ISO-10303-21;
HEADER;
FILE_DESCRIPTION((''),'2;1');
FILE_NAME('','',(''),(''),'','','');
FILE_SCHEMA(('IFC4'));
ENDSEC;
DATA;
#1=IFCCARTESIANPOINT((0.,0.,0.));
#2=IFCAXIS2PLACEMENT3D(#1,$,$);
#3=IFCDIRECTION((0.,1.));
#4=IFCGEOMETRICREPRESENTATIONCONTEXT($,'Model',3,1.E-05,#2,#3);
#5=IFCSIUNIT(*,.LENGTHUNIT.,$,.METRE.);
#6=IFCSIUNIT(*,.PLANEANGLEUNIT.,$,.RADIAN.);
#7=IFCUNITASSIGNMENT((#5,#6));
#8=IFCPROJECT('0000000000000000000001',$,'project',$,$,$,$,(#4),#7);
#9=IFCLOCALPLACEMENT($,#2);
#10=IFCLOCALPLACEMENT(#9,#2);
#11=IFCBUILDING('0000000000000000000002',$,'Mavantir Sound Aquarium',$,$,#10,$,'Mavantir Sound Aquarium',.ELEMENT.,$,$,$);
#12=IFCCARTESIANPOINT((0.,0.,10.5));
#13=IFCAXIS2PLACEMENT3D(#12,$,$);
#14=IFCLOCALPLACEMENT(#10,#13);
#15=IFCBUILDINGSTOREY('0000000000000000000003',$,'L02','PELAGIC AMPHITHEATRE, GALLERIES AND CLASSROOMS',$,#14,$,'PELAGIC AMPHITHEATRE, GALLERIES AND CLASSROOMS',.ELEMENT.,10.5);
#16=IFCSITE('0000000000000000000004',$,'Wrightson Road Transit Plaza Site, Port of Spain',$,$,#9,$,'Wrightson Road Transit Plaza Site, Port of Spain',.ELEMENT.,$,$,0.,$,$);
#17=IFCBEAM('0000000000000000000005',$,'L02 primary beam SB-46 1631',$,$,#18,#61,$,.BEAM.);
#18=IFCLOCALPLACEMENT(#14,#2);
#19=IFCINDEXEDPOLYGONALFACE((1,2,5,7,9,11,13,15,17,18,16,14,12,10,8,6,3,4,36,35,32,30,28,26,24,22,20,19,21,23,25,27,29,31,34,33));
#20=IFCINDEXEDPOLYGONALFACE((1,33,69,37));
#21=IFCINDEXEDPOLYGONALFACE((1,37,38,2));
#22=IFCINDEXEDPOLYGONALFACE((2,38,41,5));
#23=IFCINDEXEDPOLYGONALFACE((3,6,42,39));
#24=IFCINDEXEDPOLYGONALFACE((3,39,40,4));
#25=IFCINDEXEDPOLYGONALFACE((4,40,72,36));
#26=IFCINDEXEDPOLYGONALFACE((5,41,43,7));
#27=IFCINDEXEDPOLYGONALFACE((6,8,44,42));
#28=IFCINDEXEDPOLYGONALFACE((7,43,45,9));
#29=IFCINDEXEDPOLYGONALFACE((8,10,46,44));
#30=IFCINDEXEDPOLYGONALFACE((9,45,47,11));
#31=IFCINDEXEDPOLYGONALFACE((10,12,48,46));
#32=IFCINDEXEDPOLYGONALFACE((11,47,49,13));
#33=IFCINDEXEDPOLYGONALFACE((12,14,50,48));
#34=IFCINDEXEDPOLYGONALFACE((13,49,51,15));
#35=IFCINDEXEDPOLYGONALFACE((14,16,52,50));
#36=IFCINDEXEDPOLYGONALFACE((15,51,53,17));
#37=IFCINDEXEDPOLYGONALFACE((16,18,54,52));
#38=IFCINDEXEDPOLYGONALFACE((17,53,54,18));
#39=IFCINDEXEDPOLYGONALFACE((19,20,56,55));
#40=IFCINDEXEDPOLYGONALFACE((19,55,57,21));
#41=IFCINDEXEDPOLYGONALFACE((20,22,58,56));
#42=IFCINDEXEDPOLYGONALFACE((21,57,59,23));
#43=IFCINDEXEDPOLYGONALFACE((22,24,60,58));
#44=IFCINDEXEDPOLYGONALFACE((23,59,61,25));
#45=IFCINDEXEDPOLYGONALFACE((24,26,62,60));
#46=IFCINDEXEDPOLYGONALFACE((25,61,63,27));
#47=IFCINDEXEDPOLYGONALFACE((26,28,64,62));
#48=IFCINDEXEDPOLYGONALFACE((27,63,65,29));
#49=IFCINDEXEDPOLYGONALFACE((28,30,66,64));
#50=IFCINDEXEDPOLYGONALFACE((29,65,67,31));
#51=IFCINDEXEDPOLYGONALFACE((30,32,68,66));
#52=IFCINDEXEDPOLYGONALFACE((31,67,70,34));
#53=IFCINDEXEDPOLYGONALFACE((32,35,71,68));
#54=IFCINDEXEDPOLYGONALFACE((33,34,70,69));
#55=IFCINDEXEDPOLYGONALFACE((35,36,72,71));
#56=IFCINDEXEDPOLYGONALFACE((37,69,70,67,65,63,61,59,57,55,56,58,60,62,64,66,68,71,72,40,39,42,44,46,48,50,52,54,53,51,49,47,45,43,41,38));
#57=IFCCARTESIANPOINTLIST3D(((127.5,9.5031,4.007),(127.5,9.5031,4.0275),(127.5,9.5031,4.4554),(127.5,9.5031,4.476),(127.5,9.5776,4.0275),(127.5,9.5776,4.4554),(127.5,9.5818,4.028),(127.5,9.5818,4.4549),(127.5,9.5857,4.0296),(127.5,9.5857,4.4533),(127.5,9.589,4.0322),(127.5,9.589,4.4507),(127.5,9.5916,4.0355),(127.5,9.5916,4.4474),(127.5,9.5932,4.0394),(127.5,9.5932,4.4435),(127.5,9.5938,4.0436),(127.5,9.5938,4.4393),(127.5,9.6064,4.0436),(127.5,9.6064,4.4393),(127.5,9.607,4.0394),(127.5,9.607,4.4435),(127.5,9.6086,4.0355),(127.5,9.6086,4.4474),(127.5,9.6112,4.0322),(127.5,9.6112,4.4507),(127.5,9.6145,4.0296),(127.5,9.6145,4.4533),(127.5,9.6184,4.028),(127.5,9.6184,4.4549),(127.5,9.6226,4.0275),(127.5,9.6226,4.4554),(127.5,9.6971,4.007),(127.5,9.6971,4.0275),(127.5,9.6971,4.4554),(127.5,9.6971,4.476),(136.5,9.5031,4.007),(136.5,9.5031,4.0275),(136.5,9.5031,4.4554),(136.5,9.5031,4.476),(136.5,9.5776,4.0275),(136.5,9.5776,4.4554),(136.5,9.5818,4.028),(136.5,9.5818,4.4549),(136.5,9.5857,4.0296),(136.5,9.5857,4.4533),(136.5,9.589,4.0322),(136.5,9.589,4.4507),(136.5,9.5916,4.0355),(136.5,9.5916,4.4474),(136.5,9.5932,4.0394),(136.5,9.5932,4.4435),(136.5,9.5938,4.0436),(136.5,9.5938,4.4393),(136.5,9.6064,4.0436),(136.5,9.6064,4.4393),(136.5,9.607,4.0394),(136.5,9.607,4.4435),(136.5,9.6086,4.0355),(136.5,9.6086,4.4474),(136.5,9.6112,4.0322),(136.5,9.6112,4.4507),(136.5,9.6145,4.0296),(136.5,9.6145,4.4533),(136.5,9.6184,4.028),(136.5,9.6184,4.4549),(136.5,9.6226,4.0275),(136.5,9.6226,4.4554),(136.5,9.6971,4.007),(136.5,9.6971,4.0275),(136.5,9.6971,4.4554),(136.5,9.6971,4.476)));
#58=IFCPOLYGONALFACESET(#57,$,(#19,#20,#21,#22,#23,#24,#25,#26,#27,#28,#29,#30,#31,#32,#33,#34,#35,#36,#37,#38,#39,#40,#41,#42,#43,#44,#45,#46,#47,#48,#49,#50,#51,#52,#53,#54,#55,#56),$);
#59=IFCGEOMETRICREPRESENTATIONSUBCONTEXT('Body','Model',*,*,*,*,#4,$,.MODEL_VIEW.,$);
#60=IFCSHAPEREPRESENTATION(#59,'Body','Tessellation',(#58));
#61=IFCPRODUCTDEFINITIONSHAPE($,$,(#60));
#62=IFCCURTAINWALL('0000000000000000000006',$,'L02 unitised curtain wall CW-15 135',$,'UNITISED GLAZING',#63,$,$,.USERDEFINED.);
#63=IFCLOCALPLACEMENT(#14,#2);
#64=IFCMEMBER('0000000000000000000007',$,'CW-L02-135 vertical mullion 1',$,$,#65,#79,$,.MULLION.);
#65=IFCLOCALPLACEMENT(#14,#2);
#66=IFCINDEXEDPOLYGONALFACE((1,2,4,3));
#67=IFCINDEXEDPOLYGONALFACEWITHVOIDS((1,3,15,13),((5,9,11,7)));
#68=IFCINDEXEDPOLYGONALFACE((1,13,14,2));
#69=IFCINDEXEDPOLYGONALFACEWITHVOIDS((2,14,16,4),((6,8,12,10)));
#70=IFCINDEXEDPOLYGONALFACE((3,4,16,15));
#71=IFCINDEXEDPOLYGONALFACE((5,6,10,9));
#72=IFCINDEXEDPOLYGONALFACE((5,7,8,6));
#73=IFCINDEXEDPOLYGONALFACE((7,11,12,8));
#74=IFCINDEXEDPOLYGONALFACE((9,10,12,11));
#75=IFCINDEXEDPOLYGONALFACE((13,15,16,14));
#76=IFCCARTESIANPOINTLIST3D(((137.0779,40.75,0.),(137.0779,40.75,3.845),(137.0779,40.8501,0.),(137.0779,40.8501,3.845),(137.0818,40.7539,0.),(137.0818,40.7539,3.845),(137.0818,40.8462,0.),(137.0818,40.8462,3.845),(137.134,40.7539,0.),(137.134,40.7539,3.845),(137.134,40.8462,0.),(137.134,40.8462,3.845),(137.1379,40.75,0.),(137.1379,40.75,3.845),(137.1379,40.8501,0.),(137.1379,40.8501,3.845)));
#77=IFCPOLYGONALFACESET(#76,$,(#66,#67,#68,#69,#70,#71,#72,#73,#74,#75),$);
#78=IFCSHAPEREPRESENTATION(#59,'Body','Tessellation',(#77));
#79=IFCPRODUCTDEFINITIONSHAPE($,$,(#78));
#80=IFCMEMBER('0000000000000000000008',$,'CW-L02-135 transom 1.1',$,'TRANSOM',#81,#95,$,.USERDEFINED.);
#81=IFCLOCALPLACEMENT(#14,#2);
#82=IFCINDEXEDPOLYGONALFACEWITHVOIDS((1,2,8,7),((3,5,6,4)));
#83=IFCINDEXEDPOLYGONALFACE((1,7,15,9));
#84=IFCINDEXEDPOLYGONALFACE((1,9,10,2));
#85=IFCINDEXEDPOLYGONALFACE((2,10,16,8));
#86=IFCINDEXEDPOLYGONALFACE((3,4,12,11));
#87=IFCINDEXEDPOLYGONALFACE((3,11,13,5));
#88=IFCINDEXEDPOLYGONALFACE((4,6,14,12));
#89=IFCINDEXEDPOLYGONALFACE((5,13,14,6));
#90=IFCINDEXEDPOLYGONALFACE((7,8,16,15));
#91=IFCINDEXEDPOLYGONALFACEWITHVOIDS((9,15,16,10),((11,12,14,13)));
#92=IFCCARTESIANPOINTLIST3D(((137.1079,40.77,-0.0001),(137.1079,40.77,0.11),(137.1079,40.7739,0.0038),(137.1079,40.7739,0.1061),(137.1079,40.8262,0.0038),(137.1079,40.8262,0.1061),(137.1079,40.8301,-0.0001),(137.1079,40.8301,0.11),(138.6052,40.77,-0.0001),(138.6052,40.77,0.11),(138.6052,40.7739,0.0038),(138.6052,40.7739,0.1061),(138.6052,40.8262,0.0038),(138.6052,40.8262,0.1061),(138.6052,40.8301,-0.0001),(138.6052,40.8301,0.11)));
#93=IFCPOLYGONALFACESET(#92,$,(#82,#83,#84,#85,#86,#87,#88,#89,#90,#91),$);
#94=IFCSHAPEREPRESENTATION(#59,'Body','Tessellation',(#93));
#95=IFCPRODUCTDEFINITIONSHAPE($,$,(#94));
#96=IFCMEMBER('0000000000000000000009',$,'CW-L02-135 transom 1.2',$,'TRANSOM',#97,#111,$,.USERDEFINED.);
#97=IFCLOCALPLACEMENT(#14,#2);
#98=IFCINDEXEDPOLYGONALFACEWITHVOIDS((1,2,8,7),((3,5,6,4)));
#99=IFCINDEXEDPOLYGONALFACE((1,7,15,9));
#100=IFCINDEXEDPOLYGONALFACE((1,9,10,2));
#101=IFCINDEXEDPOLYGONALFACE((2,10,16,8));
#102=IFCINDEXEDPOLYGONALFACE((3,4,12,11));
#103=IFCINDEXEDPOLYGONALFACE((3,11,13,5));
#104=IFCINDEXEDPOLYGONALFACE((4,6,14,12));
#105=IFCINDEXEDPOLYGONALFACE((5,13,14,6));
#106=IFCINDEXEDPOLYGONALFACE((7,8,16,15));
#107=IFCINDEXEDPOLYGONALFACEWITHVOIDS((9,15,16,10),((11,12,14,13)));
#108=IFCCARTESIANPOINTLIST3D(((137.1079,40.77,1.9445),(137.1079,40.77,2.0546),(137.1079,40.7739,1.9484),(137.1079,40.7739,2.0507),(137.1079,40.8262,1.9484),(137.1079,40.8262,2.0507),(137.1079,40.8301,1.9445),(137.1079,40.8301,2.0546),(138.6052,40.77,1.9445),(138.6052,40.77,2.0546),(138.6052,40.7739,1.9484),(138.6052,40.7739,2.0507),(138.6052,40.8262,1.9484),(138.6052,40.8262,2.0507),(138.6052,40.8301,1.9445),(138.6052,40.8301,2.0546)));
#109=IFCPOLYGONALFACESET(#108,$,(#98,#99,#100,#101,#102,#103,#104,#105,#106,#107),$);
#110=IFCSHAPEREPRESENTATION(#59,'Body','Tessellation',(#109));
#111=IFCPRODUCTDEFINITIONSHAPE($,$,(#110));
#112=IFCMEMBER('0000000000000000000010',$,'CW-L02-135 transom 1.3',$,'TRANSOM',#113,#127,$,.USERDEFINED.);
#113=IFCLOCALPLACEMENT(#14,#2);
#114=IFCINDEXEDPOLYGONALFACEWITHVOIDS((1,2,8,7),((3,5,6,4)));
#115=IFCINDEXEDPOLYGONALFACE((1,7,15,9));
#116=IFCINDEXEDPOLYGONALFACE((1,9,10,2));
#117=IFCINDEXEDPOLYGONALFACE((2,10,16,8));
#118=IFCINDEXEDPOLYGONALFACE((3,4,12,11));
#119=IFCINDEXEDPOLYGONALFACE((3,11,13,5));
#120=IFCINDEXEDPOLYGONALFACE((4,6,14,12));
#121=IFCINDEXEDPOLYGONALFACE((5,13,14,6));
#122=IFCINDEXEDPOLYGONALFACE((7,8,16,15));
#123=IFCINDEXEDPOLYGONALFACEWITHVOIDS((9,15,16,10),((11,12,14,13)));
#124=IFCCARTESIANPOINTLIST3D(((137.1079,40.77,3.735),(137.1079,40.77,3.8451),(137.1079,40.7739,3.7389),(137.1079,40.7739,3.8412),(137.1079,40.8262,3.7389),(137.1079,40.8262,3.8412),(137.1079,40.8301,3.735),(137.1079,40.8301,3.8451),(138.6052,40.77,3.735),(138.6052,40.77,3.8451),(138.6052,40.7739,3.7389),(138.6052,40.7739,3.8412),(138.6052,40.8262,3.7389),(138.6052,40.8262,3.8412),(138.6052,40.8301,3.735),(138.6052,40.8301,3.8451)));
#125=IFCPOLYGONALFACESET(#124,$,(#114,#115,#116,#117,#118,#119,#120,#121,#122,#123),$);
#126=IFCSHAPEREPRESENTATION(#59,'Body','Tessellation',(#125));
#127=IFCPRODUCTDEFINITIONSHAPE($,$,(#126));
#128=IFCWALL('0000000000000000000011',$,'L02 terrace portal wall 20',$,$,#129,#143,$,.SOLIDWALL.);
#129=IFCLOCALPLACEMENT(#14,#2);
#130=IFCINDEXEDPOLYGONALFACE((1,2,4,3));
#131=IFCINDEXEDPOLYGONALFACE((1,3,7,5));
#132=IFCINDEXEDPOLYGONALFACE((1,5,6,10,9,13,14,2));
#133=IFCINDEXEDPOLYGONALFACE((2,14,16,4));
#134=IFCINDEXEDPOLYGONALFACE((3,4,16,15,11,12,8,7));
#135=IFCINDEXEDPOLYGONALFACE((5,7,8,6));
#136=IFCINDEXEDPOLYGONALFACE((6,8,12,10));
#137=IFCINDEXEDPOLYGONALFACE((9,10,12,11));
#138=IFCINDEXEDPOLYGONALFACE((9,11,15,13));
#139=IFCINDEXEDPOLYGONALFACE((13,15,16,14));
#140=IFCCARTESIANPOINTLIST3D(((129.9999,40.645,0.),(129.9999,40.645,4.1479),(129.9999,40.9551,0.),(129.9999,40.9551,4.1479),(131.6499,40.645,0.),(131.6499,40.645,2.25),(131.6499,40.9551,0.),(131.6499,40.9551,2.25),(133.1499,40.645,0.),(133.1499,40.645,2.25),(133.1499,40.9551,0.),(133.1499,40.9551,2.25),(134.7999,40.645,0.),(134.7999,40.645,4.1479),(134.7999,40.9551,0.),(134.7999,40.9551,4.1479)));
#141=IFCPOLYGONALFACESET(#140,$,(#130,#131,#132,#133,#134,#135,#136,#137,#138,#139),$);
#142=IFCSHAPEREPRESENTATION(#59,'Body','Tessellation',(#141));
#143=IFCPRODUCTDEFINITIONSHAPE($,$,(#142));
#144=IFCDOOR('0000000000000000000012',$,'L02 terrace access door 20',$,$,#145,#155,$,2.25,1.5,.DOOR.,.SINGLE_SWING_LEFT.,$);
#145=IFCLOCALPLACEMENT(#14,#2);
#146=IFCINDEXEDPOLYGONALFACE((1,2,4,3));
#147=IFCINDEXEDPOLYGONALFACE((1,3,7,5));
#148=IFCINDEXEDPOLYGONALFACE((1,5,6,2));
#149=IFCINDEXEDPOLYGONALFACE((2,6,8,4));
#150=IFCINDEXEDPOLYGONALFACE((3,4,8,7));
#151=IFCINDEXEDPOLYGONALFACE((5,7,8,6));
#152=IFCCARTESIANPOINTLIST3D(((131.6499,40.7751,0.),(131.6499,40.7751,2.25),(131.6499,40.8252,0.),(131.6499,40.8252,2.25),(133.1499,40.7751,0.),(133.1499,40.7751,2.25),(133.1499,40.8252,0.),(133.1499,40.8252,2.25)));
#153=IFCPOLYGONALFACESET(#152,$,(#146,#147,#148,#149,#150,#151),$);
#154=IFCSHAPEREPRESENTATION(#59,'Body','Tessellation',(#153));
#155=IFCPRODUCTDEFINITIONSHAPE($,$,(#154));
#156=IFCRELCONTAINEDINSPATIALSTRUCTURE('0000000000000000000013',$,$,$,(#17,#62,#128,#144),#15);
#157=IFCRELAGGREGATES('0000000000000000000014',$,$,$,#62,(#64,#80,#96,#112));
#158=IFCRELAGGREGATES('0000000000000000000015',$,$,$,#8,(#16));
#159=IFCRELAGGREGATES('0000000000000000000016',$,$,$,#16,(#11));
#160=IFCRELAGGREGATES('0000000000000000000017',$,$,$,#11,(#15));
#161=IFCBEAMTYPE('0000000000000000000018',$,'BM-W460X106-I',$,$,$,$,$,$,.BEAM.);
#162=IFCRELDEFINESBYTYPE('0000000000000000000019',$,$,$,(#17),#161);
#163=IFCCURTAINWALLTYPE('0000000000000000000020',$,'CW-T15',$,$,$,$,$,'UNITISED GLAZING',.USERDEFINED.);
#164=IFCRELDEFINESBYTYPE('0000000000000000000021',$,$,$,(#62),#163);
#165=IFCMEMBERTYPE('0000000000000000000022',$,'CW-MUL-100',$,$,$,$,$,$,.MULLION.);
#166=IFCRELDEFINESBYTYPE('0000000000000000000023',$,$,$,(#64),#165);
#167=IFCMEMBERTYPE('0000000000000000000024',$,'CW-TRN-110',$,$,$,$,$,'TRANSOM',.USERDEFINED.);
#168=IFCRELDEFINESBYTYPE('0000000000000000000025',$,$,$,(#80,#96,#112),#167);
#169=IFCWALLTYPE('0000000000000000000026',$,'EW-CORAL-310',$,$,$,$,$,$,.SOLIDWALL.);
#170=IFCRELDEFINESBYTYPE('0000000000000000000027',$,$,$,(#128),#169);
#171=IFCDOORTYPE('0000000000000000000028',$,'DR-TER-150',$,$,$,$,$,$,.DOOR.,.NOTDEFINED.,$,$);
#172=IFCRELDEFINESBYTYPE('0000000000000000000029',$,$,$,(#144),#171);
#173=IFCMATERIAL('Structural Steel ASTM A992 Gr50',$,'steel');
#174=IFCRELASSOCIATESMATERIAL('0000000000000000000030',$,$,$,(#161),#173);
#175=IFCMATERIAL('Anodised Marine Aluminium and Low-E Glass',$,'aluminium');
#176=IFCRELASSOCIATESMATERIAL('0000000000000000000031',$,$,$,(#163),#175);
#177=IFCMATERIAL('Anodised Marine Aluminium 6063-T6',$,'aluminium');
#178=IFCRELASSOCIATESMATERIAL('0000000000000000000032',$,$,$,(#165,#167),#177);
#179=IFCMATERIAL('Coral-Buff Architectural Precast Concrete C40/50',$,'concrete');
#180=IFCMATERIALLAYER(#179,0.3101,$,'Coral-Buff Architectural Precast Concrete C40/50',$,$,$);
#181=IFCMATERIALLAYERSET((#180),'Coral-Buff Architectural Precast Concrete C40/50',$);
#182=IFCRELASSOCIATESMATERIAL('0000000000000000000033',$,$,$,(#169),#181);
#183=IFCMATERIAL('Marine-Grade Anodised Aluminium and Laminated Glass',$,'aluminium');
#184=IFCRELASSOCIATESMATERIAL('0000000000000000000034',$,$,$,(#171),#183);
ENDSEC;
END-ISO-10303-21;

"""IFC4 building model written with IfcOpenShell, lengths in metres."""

from ifc_helpers import new_model, si_unit, direction, frame, frame_2d, origin, origin_2d, place, context, subcontext, project, spatial, rectangle, hollow_rectangle, i_section, extrude, material, layer, layer_set, material_profile, profile_set, type_object, element, fill, aggregate, save


model = new_model("IFC4")

# Units and contexts
model_context = context("Model", 3, precision=1e-05, world=origin(), true_north=direction((0.0, 1.0)))
body_context = subcontext(model_context, "Body", "Model", "MODEL_VIEW")
ifc_project = project(units=[si_unit("LENGTHUNIT", "METRE"), si_unit("PLANEANGLEUNIT", "RADIAN")], contexts=[model_context])

# Site, building, storey
site_placement = place(None, origin())
site = spatial("IfcSite", under=ifc_project, at=site_placement, Name="Wrightson Road Transit Plaza Site, Port of Spain", LongName="Wrightson Road Transit Plaza Site, Port of Spain", CompositionType="ELEMENT", RefElevation=0.0)
building_placement = place(site_placement, origin())
building = spatial("IfcBuilding", under=site, at=building_placement, Name="Mavantir Sound Aquarium", LongName="Mavantir Sound Aquarium", CompositionType="ELEMENT")
storey_placement = place(building_placement, frame((0.0, 0.0, 10.5)))
storey = spatial("IfcBuildingStorey", under=building, at=storey_placement, Name="L02", Description="PELAGIC AMPHITHEATRE, GALLERIES AND CLASSROOMS", LongName="PELAGIC AMPHITHEATRE, GALLERIES AND CLASSROOMS", CompositionType="ELEMENT", Elevation=10.5)

# Beam
ifc_material_1 = material(Name="Structural Steel ASTM A992 Gr50", Category="steel")
ifc_material_profile_1 = material_profile(ifc_material_1, i_section(OverallWidth=0.1941, OverallDepth=0.469, WebThickness=0.0127, FlangeThickness=0.0205, FilletRadius=0.0161, at=origin_2d()), Name="W460X106")
ifc_profile_set_1 = profile_set([ifc_material_profile_1], Name="Structural Steel ASTM A992 Gr50")
beam_type_1 = type_object("IfcBeamType", Name="BM-W460X106-I", PredefinedType="BEAM", material=ifc_profile_set_1)
beam_1_placement = place(storey_placement, frame((127.5, 9.6001, 4.2415), z_axis=(1.0, 0.0, 0.0), x_axis=(0.0, 1.0, 0.0)))
element("IfcBeam", 1, at=beam_1_placement, inside=storey, type_object=beam_type_1, Name="L02 primary beam SB-46 1631", PredefinedType="BEAM", context=body_context, shape_type="SweptSolid", body=[
    extrude(i_section(OverallWidth=0.1941, OverallDepth=0.469, WebThickness=0.0127, FlangeThickness=0.0205, FilletRadius=0.0161, at=origin_2d()), origin(), (0.0, 0.0, 1.0), 9.0),
])

# Curtain wall, members
ifc_material_2 = material(Name="Anodised Marine Aluminium and Low-E Glass", Category="aluminium")
curtain_wall_type = type_object("IfcCurtainWallType", Name="CW-T15", ElementType="UNITISED GLAZING", PredefinedType="USERDEFINED", material=ifc_material_2)
curtain_wall_placement = place(storey_placement, origin())
curtain_wall = element("IfcCurtainWall", 2, at=curtain_wall_placement, inside=storey, type_object=curtain_wall_type, Name="L02 unitised curtain wall CW-15 135", ObjectType="UNITISED GLAZING", PredefinedType="USERDEFINED")
ifc_material_3 = material(Name="Anodised Marine Aluminium 6063-T6", Category="aluminium")
ifc_material_profile_2 = material_profile(ifc_material_3, hollow_rectangle(XDim=0.0601, YDim=0.1001, WallThickness=0.0039, at=origin_2d()), Name="ALU-MULLION-100X60")
ifc_profile_set_2 = profile_set([ifc_material_profile_2], Name="Anodised Marine Aluminium 6063-T6")
member_type_1 = type_object("IfcMemberType", Name="CW-MUL-100", PredefinedType="MULLION", material=ifc_profile_set_2)
member_1_placement = place(storey_placement, frame((137.1079, 40.8, 0.0), z_axis=(0.0, 0.0, 1.0), x_axis=(1.0, 0.0, 0.0)))
member_1 = element("IfcMember", 3, at=member_1_placement, type_object=member_type_1, Name="CW-L02-135 vertical mullion 1", PredefinedType="MULLION", context=body_context, shape_type="SweptSolid", body=[
    extrude(hollow_rectangle(XDim=0.0601, YDim=0.1001, WallThickness=0.0039, at=origin_2d()), origin(), (0.0, 0.0, 1.0), 3.845),
])
ifc_material_profile_3 = material_profile(ifc_material_3, hollow_rectangle(XDim=0.0601, YDim=0.1101, WallThickness=0.0039, at=origin_2d()), Name="ALU-TRANSOM-110X60")
ifc_profile_set_3 = profile_set([ifc_material_profile_3], Name="Anodised Marine Aluminium 6063-T6")
member_type_2 = type_object("IfcMemberType", Name="CW-TRN-110", ElementType="TRANSOM", PredefinedType="USERDEFINED", material=ifc_profile_set_3)
member_2_placement = place(storey_placement, frame((137.1079, 40.8, 0.0549), z_axis=(1.0, 0.0, 0.0), x_axis=(0.0, 1.0, 0.0)))
member_2 = element("IfcMember", 4, at=member_2_placement, type_object=member_type_2, Name="CW-L02-135 transom 1.1", ObjectType="TRANSOM", PredefinedType="USERDEFINED", context=body_context, shape_type="SweptSolid", body=[
    extrude(hollow_rectangle(XDim=0.0601, YDim=0.1101, WallThickness=0.0039, at=origin_2d()), origin(), (0.0, 0.0, 1.0), 1.4973),
])
member_3_placement = place(storey_placement, frame((137.1079, 40.8, 1.9995), z_axis=(1.0, 0.0, 0.0), x_axis=(0.0, 1.0, 0.0)))
member_3 = element("IfcMember", 5, at=member_3_placement, type_object=member_type_2, Name="CW-L02-135 transom 1.2", ObjectType="TRANSOM", PredefinedType="USERDEFINED", context=body_context, shape_type="SweptSolid", body=[
    extrude(hollow_rectangle(XDim=0.0601, YDim=0.1101, WallThickness=0.0039, at=origin_2d()), origin(), (0.0, 0.0, 1.0), 1.4973),
])
member_4_placement = place(storey_placement, frame((137.1079, 40.8, 3.79), z_axis=(1.0, 0.0, 0.0), x_axis=(0.0, 1.0, 0.0)))
member_4 = element("IfcMember", 6, at=member_4_placement, type_object=member_type_2, Name="CW-L02-135 transom 1.3", ObjectType="TRANSOM", PredefinedType="USERDEFINED", context=body_context, shape_type="SweptSolid", body=[
    extrude(hollow_rectangle(XDim=0.0601, YDim=0.1101, WallThickness=0.0039, at=origin_2d()), origin(), (0.0, 0.0, 1.0), 1.4973),
])
aggregate(curtain_wall, [member_1, member_2, member_3, member_4])

# Wall, opening, door
ifc_material_4 = material(Name="Coral-Buff Architectural Precast Concrete C40/50", Category="concrete")
ifc_layer_1 = layer(ifc_material_4, 0.3101, Name="Coral-Buff Architectural Precast Concrete C40/50")
ifc_layer_set_1 = layer_set([ifc_layer_1], Name="Coral-Buff Architectural Precast Concrete C40/50")
wall_type_1 = type_object("IfcWallType", Name="EW-CORAL-310", PredefinedType="SOLIDWALL", material=ifc_layer_set_1)
wall_1_placement = place(storey_placement, frame((130.0, 40.8, 0.0), z_axis=(0.0, 0.0, 1.0), x_axis=(1.0, 0.0, 0.0)))
wall_1 = element("IfcWall", 7, at=wall_1_placement, inside=storey, type_object=wall_type_1, Name="L02 terrace portal wall 20", PredefinedType="SOLIDWALL", context=body_context, shape_type="SweptSolid", body=[
    extrude(rectangle(XDim=4.8, YDim=0.3101, at=frame_2d((2.3999, 0.0))), origin(), (0.0, 0.0, 1.0), 4.1479),
])
opening_1_placement = place(wall_1_placement, frame((3.1499, 0.0, 0.0), z_axis=(0.0, 0.0, 1.0), x_axis=(-1.0, 0.0, 0.0)))
opening_1 = element("IfcOpeningElement", 8, at=opening_1_placement, cuts=wall_1, PredefinedType="OPENING", context=body_context, shape_type="SweptSolid", body=[
    extrude(rectangle(XDim=1.5, YDim=2.25, at=frame_2d((0.75, 1.125))), frame((0.0, 0.165, 0.0), z_axis=(0.0, -1.0, 0.0), x_axis=(1.0, 0.0, 0.0)), (0.0, 0.0, 1.0), 0.3301),
])
ifc_material_5 = material(Name="Marine-Grade Anodised Aluminium and Laminated Glass", Category="aluminium")
door_type = type_object("IfcDoorType", Name="DR-TER-150", OperationType="NOTDEFINED", PredefinedType="DOOR", material=ifc_material_5)
door_placement = place(opening_1_placement, origin())
door = element("IfcDoor", 9, at=door_placement, inside=storey, type_object=door_type, Name="L02 terrace access door 20", OperationType="SINGLE_SWING_LEFT", OverallHeight=2.25, OverallWidth=1.5, PredefinedType="DOOR", context=body_context, shape_type="SweptSolid", body=[
    extrude(rectangle(XDim=1.5, YDim=2.25, at=frame_2d((0.75, 1.125))), frame((0.0, 0.0249, 0.0), z_axis=(0.0, -1.0, 0.0), x_axis=(1.0, 0.0, 0.0)), (0.0, 0.0, 1.0), 0.05),
])
fill(opening_1, door)

save(model, "model.ifc")
